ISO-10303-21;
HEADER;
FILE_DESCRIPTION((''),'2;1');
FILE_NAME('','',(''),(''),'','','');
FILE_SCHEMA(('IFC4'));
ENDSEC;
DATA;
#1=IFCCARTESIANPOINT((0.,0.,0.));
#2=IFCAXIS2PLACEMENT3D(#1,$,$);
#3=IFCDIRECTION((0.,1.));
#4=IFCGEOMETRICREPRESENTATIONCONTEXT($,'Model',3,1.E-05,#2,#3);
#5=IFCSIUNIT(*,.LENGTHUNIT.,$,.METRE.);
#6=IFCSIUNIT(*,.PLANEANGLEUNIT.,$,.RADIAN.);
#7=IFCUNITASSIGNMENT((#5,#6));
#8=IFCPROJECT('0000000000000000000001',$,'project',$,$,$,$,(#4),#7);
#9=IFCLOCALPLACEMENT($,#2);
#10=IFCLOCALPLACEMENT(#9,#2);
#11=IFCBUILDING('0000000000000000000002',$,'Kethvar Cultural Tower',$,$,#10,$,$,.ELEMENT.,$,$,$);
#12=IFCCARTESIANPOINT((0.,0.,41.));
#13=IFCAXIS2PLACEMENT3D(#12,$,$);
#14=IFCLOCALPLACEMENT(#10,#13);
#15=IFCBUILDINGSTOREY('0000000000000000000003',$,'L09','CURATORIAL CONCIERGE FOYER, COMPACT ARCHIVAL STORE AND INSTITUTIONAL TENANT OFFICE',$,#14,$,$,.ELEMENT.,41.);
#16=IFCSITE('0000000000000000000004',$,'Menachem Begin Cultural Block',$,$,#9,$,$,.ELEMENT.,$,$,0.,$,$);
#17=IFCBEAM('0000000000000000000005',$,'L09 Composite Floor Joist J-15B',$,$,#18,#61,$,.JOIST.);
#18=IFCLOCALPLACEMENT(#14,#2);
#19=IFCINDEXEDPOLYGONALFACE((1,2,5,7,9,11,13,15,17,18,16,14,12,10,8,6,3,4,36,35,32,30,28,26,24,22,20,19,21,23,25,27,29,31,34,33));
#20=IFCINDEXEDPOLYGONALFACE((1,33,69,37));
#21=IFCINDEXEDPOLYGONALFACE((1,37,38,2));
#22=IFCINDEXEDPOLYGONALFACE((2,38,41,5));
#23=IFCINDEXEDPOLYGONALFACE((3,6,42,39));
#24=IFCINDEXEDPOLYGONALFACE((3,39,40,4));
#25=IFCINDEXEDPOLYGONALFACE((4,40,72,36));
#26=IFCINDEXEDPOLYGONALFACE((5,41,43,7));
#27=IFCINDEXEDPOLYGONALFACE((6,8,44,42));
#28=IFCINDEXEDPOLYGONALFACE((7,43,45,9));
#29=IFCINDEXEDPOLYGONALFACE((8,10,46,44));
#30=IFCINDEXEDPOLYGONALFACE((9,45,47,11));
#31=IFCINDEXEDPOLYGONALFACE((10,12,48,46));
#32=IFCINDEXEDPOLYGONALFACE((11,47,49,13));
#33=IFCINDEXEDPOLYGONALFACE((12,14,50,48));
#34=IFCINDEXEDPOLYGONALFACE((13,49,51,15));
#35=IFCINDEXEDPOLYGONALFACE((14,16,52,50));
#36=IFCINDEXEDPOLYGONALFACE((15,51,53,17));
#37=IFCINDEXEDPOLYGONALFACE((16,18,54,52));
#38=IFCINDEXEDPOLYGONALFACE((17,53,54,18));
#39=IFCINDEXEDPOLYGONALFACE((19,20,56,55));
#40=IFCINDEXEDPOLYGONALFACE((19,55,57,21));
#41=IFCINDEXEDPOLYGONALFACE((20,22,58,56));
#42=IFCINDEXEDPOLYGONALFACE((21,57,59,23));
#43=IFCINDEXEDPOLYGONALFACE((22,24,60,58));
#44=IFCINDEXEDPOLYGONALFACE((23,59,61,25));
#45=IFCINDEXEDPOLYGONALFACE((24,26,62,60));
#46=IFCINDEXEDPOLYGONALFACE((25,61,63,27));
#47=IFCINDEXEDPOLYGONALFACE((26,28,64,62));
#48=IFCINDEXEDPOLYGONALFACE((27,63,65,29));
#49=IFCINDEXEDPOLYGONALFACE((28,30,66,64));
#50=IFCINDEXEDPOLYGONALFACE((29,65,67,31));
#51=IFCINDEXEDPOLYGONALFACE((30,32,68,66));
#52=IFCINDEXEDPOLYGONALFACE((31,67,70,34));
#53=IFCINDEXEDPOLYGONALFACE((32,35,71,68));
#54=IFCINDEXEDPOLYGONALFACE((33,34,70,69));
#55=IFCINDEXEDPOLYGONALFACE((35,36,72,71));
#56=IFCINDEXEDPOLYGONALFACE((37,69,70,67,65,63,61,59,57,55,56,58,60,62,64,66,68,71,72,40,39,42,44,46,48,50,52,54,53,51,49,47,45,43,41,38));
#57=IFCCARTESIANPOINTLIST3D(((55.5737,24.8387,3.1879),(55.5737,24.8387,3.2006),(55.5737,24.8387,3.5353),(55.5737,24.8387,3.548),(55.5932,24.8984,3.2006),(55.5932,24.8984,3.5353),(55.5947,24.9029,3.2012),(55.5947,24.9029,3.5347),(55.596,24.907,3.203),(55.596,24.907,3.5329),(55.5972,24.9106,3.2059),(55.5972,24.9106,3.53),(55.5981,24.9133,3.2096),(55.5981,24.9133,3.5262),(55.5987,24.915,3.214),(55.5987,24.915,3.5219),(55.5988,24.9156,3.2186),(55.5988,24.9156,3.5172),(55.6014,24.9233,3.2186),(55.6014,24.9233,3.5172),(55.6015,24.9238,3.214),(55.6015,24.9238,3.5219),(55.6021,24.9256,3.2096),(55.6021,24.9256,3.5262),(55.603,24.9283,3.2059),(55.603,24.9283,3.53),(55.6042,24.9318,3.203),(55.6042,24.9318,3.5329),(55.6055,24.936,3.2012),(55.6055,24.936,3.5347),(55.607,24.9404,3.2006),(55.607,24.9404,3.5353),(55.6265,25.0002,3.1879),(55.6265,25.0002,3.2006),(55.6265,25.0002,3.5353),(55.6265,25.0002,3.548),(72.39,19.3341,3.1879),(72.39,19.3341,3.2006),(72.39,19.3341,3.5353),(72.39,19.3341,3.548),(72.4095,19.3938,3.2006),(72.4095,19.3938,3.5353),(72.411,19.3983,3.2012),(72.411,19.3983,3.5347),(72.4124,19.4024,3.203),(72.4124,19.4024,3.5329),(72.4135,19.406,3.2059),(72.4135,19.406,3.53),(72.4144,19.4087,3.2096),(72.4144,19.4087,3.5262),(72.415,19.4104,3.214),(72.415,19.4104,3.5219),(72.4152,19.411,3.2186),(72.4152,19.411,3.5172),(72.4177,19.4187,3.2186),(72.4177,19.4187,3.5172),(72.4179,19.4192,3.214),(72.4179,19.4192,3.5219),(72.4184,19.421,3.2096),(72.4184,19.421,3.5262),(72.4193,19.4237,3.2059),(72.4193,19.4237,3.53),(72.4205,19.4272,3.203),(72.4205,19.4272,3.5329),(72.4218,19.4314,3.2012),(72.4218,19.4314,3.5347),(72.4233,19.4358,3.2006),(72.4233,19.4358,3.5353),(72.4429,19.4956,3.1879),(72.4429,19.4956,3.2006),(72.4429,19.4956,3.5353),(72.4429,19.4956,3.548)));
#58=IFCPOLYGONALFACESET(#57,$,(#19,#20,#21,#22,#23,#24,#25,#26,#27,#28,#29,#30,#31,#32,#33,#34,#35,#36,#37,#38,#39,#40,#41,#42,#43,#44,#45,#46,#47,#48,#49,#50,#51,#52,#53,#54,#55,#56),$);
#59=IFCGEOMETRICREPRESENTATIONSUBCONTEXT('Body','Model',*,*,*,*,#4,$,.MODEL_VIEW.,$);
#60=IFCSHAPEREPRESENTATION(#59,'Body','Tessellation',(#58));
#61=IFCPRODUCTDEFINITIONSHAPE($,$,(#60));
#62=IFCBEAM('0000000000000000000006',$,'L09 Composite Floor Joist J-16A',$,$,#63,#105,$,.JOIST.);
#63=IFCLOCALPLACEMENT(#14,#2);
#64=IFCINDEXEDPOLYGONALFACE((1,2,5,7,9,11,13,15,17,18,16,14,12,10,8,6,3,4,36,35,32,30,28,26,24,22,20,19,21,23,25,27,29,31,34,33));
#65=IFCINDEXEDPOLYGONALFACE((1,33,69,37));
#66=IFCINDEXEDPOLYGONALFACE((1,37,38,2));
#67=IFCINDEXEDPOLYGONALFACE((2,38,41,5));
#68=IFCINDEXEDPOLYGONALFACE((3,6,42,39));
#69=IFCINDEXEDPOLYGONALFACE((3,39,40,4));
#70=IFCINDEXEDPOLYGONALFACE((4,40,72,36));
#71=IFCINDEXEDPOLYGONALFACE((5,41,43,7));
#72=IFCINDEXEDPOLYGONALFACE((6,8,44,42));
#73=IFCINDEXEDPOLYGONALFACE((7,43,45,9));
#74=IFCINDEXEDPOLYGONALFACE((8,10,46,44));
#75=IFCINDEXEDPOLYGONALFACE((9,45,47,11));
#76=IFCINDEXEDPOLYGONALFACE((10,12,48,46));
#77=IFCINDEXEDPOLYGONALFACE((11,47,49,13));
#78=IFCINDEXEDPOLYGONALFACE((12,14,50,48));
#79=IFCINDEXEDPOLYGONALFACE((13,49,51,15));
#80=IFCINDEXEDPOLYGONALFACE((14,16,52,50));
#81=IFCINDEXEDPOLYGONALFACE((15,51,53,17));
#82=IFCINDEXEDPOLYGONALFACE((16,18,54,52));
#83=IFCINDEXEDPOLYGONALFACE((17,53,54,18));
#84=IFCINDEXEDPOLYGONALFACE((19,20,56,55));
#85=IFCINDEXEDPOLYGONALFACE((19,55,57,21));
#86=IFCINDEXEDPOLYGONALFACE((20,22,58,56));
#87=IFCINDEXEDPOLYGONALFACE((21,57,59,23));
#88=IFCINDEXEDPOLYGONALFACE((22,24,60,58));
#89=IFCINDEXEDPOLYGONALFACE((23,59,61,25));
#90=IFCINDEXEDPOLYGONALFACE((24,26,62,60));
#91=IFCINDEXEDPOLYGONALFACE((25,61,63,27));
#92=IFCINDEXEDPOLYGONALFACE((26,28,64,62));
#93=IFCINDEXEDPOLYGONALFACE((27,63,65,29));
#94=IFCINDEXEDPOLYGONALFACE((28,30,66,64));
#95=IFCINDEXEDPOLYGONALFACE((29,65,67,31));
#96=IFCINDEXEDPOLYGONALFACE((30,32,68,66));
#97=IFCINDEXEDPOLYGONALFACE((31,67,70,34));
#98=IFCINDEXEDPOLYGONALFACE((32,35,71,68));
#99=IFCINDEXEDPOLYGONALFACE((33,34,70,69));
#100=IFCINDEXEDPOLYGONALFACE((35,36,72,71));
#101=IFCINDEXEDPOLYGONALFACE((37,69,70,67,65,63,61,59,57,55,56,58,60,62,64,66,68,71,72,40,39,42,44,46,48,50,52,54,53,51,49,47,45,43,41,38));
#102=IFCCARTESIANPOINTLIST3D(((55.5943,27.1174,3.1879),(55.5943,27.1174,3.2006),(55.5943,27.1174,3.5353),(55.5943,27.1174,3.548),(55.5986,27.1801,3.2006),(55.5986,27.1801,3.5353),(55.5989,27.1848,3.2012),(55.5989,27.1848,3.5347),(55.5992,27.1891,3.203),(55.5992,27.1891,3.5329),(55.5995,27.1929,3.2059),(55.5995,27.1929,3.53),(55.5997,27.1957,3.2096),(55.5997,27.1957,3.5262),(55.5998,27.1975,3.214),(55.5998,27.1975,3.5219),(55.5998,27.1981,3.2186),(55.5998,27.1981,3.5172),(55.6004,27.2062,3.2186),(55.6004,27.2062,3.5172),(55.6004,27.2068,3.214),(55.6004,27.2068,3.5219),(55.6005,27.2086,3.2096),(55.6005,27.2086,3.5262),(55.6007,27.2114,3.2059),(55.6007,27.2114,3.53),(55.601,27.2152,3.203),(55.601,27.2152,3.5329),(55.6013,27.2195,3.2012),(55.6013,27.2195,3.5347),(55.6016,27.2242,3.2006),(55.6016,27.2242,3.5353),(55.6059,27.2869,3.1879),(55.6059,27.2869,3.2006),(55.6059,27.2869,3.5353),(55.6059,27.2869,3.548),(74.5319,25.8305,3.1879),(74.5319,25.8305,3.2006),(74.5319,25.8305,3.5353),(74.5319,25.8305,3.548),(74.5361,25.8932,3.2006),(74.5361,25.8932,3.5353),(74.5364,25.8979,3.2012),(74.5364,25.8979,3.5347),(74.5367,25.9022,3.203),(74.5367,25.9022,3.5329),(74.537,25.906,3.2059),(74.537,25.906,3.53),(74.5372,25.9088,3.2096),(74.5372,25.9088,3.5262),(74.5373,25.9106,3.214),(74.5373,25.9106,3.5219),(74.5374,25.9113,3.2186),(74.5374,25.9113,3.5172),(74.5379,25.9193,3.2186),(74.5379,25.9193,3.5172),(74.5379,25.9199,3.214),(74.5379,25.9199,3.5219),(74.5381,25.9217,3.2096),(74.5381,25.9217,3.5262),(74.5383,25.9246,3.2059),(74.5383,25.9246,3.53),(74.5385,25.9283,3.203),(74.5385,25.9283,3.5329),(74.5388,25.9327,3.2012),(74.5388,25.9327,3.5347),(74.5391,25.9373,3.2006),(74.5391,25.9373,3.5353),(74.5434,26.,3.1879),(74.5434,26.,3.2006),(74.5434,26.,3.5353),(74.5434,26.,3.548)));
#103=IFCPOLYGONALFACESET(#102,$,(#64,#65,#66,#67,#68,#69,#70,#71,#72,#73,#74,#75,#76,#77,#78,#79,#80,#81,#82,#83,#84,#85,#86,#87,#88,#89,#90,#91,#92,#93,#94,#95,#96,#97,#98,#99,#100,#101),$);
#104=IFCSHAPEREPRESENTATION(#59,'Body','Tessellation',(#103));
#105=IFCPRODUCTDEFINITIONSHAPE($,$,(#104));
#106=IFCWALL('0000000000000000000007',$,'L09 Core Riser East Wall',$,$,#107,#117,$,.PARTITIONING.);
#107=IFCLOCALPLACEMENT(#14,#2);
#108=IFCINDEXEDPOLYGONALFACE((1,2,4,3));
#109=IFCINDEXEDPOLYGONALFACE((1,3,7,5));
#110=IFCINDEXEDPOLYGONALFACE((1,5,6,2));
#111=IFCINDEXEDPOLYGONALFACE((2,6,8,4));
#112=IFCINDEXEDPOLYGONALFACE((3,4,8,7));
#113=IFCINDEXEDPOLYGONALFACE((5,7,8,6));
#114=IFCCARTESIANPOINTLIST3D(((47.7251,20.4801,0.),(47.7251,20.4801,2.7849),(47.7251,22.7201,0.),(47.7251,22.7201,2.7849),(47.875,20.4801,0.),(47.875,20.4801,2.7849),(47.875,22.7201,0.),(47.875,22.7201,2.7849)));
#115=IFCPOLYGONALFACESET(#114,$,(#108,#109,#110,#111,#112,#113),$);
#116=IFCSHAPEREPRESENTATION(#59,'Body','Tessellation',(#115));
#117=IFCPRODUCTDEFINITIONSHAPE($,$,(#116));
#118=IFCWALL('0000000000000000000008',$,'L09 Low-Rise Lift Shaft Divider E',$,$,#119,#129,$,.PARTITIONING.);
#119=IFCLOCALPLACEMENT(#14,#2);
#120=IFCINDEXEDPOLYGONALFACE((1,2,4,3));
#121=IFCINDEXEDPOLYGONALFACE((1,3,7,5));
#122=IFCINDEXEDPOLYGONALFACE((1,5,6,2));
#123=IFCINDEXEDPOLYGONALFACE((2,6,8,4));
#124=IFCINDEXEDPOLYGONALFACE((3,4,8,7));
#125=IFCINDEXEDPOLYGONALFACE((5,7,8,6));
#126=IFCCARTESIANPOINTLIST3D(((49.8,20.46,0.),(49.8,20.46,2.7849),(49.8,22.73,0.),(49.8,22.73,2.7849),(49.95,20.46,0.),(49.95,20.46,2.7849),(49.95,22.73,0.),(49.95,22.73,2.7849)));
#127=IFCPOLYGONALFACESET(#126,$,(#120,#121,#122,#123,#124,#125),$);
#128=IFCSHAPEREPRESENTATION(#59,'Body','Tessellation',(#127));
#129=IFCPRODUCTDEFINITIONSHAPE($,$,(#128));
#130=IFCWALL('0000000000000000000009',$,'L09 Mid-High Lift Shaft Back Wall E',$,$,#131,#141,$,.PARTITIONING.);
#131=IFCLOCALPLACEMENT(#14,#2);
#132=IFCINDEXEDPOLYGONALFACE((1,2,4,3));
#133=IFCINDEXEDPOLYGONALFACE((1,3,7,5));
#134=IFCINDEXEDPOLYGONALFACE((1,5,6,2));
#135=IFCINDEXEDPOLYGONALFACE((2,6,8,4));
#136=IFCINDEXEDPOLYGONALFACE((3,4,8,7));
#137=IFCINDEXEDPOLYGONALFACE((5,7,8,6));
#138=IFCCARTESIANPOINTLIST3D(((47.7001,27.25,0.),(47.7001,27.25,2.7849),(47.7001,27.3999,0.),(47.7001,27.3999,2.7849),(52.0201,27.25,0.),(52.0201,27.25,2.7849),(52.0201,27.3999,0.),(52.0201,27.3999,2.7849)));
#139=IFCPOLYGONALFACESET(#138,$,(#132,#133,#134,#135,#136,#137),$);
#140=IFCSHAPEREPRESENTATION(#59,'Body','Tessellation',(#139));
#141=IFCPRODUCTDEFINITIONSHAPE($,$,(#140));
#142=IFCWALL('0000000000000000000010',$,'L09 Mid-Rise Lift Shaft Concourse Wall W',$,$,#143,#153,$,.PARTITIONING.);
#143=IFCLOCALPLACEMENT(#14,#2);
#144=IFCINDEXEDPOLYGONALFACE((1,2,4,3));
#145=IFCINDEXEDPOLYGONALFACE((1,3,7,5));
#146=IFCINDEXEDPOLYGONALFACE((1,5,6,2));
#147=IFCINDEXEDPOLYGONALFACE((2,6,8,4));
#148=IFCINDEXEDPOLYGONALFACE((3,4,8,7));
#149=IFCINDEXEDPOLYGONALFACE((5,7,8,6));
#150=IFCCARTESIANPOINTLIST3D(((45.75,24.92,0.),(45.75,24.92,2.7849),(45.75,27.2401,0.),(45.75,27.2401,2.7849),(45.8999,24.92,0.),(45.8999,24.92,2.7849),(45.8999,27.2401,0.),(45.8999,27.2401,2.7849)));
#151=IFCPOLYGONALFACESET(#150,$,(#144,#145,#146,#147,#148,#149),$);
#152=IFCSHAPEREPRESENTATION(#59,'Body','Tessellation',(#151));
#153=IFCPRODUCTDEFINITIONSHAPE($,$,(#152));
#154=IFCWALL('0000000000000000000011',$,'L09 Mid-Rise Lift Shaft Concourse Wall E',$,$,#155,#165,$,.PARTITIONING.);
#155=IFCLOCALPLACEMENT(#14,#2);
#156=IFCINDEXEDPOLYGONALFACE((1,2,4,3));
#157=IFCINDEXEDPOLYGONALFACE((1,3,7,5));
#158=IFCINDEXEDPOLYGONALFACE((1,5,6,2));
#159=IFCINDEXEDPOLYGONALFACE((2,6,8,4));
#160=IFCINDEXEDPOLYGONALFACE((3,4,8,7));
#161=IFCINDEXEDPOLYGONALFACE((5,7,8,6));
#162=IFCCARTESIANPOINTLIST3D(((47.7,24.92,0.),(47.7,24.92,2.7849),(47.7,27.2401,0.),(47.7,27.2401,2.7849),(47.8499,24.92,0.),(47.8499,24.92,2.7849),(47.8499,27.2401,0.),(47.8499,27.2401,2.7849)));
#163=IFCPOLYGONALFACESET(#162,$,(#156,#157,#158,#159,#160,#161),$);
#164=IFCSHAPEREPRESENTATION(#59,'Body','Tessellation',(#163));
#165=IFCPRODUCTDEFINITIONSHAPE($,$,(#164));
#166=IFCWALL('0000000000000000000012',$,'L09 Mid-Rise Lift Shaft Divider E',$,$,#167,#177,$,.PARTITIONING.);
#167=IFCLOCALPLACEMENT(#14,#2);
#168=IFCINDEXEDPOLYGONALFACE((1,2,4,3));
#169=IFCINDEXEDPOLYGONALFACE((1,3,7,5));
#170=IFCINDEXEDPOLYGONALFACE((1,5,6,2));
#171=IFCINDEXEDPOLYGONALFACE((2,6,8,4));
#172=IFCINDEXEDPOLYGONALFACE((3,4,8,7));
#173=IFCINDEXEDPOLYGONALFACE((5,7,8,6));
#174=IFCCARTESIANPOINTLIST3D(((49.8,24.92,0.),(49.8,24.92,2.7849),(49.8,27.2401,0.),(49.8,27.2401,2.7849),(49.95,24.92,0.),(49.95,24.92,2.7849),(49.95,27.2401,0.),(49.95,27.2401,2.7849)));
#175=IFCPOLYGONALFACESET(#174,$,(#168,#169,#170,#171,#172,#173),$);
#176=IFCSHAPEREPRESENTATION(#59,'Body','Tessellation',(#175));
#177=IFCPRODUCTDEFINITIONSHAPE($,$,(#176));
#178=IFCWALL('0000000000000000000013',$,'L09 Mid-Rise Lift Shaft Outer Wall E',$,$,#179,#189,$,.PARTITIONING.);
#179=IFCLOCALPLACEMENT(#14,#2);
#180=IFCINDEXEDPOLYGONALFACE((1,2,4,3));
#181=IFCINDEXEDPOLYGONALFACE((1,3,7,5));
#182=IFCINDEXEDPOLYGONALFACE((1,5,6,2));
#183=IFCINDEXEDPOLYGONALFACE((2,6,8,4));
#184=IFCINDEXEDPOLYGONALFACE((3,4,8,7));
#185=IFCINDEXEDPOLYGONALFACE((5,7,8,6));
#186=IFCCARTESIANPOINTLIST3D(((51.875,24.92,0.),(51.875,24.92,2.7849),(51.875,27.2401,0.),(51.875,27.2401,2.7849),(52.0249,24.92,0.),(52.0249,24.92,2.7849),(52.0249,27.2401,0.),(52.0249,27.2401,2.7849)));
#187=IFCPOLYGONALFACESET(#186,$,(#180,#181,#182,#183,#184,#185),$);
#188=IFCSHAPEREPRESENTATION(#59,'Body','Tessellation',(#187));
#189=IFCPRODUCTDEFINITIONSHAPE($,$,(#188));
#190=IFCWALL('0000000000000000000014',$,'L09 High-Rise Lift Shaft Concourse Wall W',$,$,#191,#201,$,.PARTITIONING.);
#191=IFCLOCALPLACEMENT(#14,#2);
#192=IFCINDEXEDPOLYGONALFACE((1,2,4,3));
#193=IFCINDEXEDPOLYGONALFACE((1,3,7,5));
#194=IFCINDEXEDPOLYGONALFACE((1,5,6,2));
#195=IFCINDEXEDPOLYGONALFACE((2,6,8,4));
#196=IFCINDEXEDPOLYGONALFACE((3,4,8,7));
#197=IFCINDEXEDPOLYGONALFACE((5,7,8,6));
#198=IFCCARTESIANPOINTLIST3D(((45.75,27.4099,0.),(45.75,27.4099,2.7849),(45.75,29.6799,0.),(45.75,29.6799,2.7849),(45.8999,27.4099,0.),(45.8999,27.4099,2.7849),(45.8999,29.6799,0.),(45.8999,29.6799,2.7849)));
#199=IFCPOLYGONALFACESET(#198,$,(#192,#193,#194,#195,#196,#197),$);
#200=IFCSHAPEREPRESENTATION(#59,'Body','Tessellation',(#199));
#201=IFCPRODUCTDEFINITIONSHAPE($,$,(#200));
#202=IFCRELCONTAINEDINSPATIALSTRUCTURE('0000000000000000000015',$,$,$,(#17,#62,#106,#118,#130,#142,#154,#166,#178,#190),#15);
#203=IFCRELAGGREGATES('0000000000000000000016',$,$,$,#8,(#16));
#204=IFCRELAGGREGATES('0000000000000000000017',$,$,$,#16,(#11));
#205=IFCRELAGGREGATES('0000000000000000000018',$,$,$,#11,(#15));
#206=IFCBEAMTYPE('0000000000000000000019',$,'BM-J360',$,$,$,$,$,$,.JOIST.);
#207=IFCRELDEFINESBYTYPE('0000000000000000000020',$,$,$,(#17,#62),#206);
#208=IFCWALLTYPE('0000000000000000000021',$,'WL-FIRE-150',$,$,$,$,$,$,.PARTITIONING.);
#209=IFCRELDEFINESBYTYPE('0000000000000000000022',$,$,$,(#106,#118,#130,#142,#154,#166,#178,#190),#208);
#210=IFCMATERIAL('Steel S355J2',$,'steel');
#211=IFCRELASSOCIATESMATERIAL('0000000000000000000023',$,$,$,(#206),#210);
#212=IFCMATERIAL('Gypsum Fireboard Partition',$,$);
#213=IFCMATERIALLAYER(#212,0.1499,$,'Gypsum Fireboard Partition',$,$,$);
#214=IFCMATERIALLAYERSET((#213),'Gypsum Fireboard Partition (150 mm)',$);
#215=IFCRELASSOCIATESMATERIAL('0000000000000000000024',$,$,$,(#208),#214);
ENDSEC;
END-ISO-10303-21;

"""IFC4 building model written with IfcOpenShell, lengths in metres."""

from ifc_helpers import new_model, si_unit, direction, frame, frame_2d, origin, origin_2d, place, context, subcontext, project, spatial, rectangle, i_section, extrude, source, transform, mapped, material, layer, layer_set, material_profile, profile_set, type_object, element, save


model = new_model("IFC4")

# Units and contexts
model_context = context("Model", 3, precision=1e-05, world=origin(), true_north=direction((0.0, 1.0)))
body_context = subcontext(model_context, "Body", "Model", "MODEL_VIEW")
ifc_project = project(units=[si_unit("LENGTHUNIT", "METRE"), si_unit("PLANEANGLEUNIT", "RADIAN")], contexts=[model_context])

# Site, building, storey
site_placement = place(None, origin())
site = spatial("IfcSite", under=ifc_project, at=site_placement, Name="Menachem Begin Cultural Block", CompositionType="ELEMENT", RefElevation=0.0)
building_placement = place(site_placement, origin())
building = spatial("IfcBuilding", under=site, at=building_placement, Name="Kethvar Cultural Tower", CompositionType="ELEMENT")
storey_placement = place(building_placement, frame((0.0, 0.0, 41.0)))
storey = spatial("IfcBuildingStorey", under=building, at=storey_placement, Name="L09", Description="CURATORIAL CONCIERGE FOYER, COMPACT ARCHIVAL STORE AND INSTITUTIONAL TENANT OFFICE", CompositionType="ELEMENT", Elevation=41.0)

# Beams
ifc_material_1 = material(Name="Steel S355J2", Category="steel")
ifc_material_profile_1 = material_profile(ifc_material_1, i_section(OverallWidth=0.1699, OverallDepth=0.3601, WebThickness=0.0081, FlangeThickness=0.0127, FilletRadius=0.0181, at=origin_2d()), Name="Steel S355J2 — IPE360")
ifc_profile_set_1 = profile_set([ifc_material_profile_1], Name="Steel S355J2 — IPE360")
beam_type_1 = type_object("IfcBeamType", Name="BM-J360", PredefinedType="JOIST", material=ifc_profile_set_1)
shared_shape_1 = source(origin(), body_context, "Body", "SweptSolid", [
    extrude(i_section(OverallWidth=0.1699, OverallDepth=0.3601, WebThickness=0.0081, FlangeThickness=0.0127, FilletRadius=0.0181, at=origin_2d()), origin(), (0.0, 0.0, 1.0), 17.6943),
])
beam_1_placement = place(storey_placement, frame((55.6001, 24.9194, 3.3679), z_axis=(0.950379, -0.311095, 0.0), x_axis=(0.311095, 0.950379, 0.0)))
element("IfcBeam", 1, at=beam_1_placement, inside=storey, type_object=beam_type_1, Name="L09 Composite Floor Joist J-15B", PredefinedType="JOIST", context=body_context, shape_type="MappedRepresentation", body=[
    mapped(shared_shape_1, transform((0.0, 0.0, 0.0), scale=1.0)),
])
shared_shape_2 = source(origin(), body_context, "Body", "SweptSolid", [
    extrude(i_section(OverallWidth=0.1699, OverallDepth=0.3601, WebThickness=0.0081, FlangeThickness=0.0127, FilletRadius=0.0181, at=origin_2d()), origin(), (0.0, 0.0, 1.0), 18.9812),
])
beam_2_placement = place(storey_placement, frame((55.6001, 27.2021, 3.3679), z_axis=(0.997699, -0.067797, 0.0), x_axis=(0.067797, 0.997699, 0.0)))
element("IfcBeam", 2, at=beam_2_placement, inside=storey, type_object=beam_type_1, Name="L09 Composite Floor Joist J-16A", PredefinedType="JOIST", context=body_context, shape_type="MappedRepresentation", body=[
    mapped(shared_shape_2, transform((0.0, 0.0, 0.0), scale=1.0)),
])

# Walls
ifc_material_2 = material(Name="Gypsum Fireboard Partition")
ifc_layer_1 = layer(ifc_material_2, 0.1499, Name="Gypsum Fireboard Partition")
ifc_layer_set_1 = layer_set([ifc_layer_1], Name="Gypsum Fireboard Partition (150 mm)")
wall_type_1 = type_object("IfcWallType", Name="WL-FIRE-150", PredefinedType="PARTITIONING", material=ifc_layer_set_1)
wall_1_placement = place(storey_placement, frame((47.8, 20.48, 0.0), z_axis=(0.0, 0.0, 1.0), x_axis=(0.0, 1.0, 0.0)))
element("IfcWall", 3, at=wall_1_placement, inside=storey, type_object=wall_type_1, Name="L09 Core Riser East Wall", PredefinedType="PARTITIONING", context=body_context, shape_type="SweptSolid", body=[
    extrude(rectangle(XDim=2.24, YDim=0.1499, at=frame_2d((1.1201, 0.0))), origin(), (0.0, 0.0, 1.0), 2.7849),
])
wall_2_placement = place(storey_placement, frame((49.875, 20.46, 0.0), z_axis=(0.0, 0.0, 1.0), x_axis=(0.0, 1.0, 0.0)))
element("IfcWall", 4, at=wall_2_placement, inside=storey, type_object=wall_type_1, Name="L09 Low-Rise Lift Shaft Divider E", PredefinedType="PARTITIONING", context=body_context, shape_type="SweptSolid", body=[
    extrude(rectangle(XDim=2.27, YDim=0.1499, at=frame_2d((1.135, 0.0))), origin(), (0.0, 0.0, 1.0), 2.7849),
])
wall_3_placement = place(storey_placement, frame((47.7, 27.325, 0.0), z_axis=(0.0, 0.0, 1.0), x_axis=(1.0, 0.0, 0.0)))
element("IfcWall", 5, at=wall_3_placement, inside=storey, type_object=wall_type_1, Name="L09 Mid-High Lift Shaft Back Wall E", PredefinedType="PARTITIONING", context=body_context, shape_type="SweptSolid", body=[
    extrude(rectangle(XDim=4.3201, YDim=0.1499, at=frame_2d((2.1602, 0.0))), origin(), (0.0, 0.0, 1.0), 2.7849),
])
for number, where, z_axis, x_axis, name in (
    (6, (45.825, 24.9199, 0.0), (0.0, 0.0, 1.0), (0.0, 1.0, 0.0), "L09 Mid-Rise Lift Shaft Concourse Wall W"),
    (7, (47.7749, 24.9199, 0.0), (0.0, 0.0, 1.0), (0.0, 1.0, 0.0), "L09 Mid-Rise Lift Shaft Concourse Wall E"),
    (8, (49.875, 24.9199, 0.0), (0.0, 0.0, 1.0), (0.0, 1.0, 0.0), "L09 Mid-Rise Lift Shaft Divider E"),
    (9, (51.95, 24.9199, 0.0), (0.0, 0.0, 1.0), (0.0, 1.0, 0.0), "L09 Mid-Rise Lift Shaft Outer Wall E"),
):
    element("IfcWall", number, at=place(storey_placement, frame(where, z_axis=z_axis, x_axis=x_axis)), inside=storey, type_object=wall_type_1, Name=name, PredefinedType="PARTITIONING", context=body_context, shape_type="SweptSolid", body=[
        extrude(rectangle(XDim=2.3201, YDim=0.1499, at=frame_2d((1.1602, 0.0))), origin(), (0.0, 0.0, 1.0), 2.7849),
    ])
wall_4_placement = place(storey_placement, frame((45.825, 27.4099, 0.0), z_axis=(0.0, 0.0, 1.0), x_axis=(0.0, 1.0, 0.0)))
element("IfcWall", 10, at=wall_4_placement, inside=storey, type_object=wall_type_1, Name="L09 High-Rise Lift Shaft Concourse Wall W", PredefinedType="PARTITIONING", context=body_context, shape_type="SweptSolid", body=[
    extrude(rectangle(XDim=2.27, YDim=0.1499, at=frame_2d((1.135, 0.0))), origin(), (0.0, 0.0, 1.0), 2.7849),
])

save(model, "model.ifc")
